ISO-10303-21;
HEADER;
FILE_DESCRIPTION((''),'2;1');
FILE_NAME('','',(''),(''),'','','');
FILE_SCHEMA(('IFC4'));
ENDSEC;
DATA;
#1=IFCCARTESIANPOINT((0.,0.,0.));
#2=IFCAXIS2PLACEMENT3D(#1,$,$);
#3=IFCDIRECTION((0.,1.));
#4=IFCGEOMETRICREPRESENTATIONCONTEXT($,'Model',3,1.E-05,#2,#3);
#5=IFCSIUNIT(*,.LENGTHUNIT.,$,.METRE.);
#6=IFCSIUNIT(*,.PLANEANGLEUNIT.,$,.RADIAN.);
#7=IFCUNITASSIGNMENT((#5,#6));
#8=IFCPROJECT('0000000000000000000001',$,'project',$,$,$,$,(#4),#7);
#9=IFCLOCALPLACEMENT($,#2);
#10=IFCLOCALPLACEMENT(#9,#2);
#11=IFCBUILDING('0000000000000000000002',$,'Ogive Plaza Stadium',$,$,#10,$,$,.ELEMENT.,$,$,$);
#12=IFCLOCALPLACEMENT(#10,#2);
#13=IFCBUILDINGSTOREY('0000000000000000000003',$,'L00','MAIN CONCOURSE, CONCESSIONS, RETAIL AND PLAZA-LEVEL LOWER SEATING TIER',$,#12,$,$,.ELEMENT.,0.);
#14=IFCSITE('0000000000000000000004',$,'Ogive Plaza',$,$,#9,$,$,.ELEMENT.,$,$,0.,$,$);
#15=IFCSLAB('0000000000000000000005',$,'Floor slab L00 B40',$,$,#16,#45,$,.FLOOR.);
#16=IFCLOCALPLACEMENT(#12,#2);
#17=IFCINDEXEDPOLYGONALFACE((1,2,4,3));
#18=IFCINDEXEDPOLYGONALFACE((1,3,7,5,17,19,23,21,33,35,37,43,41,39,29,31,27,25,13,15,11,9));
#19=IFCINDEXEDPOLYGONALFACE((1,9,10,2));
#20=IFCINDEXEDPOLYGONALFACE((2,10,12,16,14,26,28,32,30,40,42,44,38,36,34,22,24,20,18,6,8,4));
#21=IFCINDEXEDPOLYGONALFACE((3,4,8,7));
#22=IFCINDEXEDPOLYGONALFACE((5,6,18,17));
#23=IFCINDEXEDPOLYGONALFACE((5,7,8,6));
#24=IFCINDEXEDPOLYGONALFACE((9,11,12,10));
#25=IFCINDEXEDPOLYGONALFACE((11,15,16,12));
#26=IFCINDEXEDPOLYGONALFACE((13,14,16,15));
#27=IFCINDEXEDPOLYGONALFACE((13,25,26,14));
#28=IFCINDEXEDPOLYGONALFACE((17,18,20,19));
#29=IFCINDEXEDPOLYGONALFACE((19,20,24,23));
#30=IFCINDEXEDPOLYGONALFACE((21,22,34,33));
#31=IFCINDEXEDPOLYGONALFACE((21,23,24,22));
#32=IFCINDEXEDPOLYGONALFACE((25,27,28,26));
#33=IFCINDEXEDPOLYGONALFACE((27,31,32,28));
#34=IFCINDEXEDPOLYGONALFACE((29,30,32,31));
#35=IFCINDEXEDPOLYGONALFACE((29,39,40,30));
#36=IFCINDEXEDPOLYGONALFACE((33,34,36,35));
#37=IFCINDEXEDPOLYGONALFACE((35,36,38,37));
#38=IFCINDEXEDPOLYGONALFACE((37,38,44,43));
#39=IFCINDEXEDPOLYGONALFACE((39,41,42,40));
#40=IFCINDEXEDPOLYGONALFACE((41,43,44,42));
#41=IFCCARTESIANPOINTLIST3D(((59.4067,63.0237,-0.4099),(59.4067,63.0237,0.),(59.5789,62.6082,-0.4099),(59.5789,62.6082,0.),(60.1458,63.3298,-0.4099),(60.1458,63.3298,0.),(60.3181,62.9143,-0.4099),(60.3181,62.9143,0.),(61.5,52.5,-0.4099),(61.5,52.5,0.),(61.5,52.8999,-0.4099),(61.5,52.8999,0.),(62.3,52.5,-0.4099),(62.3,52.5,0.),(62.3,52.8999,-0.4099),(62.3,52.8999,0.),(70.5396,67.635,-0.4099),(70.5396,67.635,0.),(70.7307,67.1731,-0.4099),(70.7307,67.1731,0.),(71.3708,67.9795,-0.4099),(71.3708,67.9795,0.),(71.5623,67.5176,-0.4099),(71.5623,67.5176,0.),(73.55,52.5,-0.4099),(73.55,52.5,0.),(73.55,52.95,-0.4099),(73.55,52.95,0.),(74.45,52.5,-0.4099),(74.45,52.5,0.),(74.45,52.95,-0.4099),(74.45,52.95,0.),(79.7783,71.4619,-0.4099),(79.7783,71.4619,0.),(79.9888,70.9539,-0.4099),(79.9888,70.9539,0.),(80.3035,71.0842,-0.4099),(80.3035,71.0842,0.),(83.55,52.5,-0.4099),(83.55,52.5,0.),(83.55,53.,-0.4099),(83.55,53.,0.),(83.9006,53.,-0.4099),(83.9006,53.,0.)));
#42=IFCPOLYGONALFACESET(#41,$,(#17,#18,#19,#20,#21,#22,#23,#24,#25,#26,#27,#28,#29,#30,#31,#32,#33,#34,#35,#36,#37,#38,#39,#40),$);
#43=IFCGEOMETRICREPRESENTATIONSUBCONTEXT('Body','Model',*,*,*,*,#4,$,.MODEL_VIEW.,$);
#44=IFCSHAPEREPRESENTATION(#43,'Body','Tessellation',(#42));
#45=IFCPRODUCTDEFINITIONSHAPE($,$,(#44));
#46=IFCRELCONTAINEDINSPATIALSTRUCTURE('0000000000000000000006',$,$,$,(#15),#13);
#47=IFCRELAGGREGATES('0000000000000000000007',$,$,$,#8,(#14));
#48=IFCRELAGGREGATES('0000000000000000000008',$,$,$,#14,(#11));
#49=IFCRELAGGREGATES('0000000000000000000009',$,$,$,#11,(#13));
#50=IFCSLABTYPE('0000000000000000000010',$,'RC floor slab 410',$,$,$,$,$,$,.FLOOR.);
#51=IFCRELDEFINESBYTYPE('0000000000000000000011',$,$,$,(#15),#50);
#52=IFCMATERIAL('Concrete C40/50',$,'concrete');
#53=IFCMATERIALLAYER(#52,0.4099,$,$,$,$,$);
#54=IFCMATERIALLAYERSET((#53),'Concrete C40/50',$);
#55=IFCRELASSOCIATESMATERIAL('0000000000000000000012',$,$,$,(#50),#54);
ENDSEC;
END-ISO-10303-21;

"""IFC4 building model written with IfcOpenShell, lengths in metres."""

from ifc_helpers import new_model, si_unit, direction, frame, origin, place, context, subcontext, project, spatial, polyline, outline, extrude, material, layer, layer_set, type_object, element, save


model = new_model("IFC4")

# Units and contexts
model_context = context("Model", 3, precision=1e-05, world=origin(), true_north=direction((0.0, 1.0)))
body_context = subcontext(model_context, "Body", "Model", "MODEL_VIEW")
ifc_project = project(units=[si_unit("LENGTHUNIT", "METRE"), si_unit("PLANEANGLEUNIT", "RADIAN")], contexts=[model_context])

# Site, building, storey
site_placement = place(None, origin())
site = spatial("IfcSite", under=ifc_project, at=site_placement, Name="Ogive Plaza", CompositionType="ELEMENT", RefElevation=0.0)
building_placement = place(site_placement, origin())
building = spatial("IfcBuilding", under=site, at=building_placement, Name="Ogive Plaza Stadium", CompositionType="ELEMENT")
storey_placement = place(building_placement, origin())
storey = spatial("IfcBuildingStorey", under=building, at=storey_placement, Name="L00", Description="MAIN CONCOURSE, CONCESSIONS, RETAIL AND PLAZA-LEVEL LOWER SEATING TIER", CompositionType="ELEMENT", Elevation=0.0)

# Slab
ifc_material = material(Name="Concrete C40/50", Category="concrete")
ifc_layer = layer(ifc_material, 0.4099)
ifc_layer_set = layer_set([ifc_layer], Name="Concrete C40/50")
slab_type = type_object("IfcSlabType", Name="RC floor slab 410", PredefinedType="FLOOR", material=ifc_layer_set)
slab_1_placement = place(storey_placement, frame((0.0, 0.0, -0.4099)))
element("IfcSlab", 1, at=slab_1_placement, inside=storey, type_object=slab_type, Name="Floor slab L00 B40", PredefinedType="FLOOR", context=body_context, shape_type="SweptSolid", body=[
    extrude(outline(polyline([(73.55, 52.5), (73.55, 52.95), (74.45, 52.95), (74.45, 52.5), (83.55, 52.5), (83.55, 53.0), (83.9006, 53.0), (80.3035, 71.0842), (79.9888, 70.9539), (79.7783, 71.4619), (71.3708, 67.9795), (71.5623, 67.5176), (70.7307, 67.1731), (70.5396, 67.635), (60.1458, 63.3298), (60.3181, 62.9143), (59.5789, 62.6082), (59.4067, 63.0237), (61.5, 52.5), (61.5, 52.8999), (62.3, 52.8999), (62.3, 52.5), (73.55, 52.5)])), origin(), (0.0, 0.0, 1.0), 0.4099),
])

save(model, "model.ifc")
